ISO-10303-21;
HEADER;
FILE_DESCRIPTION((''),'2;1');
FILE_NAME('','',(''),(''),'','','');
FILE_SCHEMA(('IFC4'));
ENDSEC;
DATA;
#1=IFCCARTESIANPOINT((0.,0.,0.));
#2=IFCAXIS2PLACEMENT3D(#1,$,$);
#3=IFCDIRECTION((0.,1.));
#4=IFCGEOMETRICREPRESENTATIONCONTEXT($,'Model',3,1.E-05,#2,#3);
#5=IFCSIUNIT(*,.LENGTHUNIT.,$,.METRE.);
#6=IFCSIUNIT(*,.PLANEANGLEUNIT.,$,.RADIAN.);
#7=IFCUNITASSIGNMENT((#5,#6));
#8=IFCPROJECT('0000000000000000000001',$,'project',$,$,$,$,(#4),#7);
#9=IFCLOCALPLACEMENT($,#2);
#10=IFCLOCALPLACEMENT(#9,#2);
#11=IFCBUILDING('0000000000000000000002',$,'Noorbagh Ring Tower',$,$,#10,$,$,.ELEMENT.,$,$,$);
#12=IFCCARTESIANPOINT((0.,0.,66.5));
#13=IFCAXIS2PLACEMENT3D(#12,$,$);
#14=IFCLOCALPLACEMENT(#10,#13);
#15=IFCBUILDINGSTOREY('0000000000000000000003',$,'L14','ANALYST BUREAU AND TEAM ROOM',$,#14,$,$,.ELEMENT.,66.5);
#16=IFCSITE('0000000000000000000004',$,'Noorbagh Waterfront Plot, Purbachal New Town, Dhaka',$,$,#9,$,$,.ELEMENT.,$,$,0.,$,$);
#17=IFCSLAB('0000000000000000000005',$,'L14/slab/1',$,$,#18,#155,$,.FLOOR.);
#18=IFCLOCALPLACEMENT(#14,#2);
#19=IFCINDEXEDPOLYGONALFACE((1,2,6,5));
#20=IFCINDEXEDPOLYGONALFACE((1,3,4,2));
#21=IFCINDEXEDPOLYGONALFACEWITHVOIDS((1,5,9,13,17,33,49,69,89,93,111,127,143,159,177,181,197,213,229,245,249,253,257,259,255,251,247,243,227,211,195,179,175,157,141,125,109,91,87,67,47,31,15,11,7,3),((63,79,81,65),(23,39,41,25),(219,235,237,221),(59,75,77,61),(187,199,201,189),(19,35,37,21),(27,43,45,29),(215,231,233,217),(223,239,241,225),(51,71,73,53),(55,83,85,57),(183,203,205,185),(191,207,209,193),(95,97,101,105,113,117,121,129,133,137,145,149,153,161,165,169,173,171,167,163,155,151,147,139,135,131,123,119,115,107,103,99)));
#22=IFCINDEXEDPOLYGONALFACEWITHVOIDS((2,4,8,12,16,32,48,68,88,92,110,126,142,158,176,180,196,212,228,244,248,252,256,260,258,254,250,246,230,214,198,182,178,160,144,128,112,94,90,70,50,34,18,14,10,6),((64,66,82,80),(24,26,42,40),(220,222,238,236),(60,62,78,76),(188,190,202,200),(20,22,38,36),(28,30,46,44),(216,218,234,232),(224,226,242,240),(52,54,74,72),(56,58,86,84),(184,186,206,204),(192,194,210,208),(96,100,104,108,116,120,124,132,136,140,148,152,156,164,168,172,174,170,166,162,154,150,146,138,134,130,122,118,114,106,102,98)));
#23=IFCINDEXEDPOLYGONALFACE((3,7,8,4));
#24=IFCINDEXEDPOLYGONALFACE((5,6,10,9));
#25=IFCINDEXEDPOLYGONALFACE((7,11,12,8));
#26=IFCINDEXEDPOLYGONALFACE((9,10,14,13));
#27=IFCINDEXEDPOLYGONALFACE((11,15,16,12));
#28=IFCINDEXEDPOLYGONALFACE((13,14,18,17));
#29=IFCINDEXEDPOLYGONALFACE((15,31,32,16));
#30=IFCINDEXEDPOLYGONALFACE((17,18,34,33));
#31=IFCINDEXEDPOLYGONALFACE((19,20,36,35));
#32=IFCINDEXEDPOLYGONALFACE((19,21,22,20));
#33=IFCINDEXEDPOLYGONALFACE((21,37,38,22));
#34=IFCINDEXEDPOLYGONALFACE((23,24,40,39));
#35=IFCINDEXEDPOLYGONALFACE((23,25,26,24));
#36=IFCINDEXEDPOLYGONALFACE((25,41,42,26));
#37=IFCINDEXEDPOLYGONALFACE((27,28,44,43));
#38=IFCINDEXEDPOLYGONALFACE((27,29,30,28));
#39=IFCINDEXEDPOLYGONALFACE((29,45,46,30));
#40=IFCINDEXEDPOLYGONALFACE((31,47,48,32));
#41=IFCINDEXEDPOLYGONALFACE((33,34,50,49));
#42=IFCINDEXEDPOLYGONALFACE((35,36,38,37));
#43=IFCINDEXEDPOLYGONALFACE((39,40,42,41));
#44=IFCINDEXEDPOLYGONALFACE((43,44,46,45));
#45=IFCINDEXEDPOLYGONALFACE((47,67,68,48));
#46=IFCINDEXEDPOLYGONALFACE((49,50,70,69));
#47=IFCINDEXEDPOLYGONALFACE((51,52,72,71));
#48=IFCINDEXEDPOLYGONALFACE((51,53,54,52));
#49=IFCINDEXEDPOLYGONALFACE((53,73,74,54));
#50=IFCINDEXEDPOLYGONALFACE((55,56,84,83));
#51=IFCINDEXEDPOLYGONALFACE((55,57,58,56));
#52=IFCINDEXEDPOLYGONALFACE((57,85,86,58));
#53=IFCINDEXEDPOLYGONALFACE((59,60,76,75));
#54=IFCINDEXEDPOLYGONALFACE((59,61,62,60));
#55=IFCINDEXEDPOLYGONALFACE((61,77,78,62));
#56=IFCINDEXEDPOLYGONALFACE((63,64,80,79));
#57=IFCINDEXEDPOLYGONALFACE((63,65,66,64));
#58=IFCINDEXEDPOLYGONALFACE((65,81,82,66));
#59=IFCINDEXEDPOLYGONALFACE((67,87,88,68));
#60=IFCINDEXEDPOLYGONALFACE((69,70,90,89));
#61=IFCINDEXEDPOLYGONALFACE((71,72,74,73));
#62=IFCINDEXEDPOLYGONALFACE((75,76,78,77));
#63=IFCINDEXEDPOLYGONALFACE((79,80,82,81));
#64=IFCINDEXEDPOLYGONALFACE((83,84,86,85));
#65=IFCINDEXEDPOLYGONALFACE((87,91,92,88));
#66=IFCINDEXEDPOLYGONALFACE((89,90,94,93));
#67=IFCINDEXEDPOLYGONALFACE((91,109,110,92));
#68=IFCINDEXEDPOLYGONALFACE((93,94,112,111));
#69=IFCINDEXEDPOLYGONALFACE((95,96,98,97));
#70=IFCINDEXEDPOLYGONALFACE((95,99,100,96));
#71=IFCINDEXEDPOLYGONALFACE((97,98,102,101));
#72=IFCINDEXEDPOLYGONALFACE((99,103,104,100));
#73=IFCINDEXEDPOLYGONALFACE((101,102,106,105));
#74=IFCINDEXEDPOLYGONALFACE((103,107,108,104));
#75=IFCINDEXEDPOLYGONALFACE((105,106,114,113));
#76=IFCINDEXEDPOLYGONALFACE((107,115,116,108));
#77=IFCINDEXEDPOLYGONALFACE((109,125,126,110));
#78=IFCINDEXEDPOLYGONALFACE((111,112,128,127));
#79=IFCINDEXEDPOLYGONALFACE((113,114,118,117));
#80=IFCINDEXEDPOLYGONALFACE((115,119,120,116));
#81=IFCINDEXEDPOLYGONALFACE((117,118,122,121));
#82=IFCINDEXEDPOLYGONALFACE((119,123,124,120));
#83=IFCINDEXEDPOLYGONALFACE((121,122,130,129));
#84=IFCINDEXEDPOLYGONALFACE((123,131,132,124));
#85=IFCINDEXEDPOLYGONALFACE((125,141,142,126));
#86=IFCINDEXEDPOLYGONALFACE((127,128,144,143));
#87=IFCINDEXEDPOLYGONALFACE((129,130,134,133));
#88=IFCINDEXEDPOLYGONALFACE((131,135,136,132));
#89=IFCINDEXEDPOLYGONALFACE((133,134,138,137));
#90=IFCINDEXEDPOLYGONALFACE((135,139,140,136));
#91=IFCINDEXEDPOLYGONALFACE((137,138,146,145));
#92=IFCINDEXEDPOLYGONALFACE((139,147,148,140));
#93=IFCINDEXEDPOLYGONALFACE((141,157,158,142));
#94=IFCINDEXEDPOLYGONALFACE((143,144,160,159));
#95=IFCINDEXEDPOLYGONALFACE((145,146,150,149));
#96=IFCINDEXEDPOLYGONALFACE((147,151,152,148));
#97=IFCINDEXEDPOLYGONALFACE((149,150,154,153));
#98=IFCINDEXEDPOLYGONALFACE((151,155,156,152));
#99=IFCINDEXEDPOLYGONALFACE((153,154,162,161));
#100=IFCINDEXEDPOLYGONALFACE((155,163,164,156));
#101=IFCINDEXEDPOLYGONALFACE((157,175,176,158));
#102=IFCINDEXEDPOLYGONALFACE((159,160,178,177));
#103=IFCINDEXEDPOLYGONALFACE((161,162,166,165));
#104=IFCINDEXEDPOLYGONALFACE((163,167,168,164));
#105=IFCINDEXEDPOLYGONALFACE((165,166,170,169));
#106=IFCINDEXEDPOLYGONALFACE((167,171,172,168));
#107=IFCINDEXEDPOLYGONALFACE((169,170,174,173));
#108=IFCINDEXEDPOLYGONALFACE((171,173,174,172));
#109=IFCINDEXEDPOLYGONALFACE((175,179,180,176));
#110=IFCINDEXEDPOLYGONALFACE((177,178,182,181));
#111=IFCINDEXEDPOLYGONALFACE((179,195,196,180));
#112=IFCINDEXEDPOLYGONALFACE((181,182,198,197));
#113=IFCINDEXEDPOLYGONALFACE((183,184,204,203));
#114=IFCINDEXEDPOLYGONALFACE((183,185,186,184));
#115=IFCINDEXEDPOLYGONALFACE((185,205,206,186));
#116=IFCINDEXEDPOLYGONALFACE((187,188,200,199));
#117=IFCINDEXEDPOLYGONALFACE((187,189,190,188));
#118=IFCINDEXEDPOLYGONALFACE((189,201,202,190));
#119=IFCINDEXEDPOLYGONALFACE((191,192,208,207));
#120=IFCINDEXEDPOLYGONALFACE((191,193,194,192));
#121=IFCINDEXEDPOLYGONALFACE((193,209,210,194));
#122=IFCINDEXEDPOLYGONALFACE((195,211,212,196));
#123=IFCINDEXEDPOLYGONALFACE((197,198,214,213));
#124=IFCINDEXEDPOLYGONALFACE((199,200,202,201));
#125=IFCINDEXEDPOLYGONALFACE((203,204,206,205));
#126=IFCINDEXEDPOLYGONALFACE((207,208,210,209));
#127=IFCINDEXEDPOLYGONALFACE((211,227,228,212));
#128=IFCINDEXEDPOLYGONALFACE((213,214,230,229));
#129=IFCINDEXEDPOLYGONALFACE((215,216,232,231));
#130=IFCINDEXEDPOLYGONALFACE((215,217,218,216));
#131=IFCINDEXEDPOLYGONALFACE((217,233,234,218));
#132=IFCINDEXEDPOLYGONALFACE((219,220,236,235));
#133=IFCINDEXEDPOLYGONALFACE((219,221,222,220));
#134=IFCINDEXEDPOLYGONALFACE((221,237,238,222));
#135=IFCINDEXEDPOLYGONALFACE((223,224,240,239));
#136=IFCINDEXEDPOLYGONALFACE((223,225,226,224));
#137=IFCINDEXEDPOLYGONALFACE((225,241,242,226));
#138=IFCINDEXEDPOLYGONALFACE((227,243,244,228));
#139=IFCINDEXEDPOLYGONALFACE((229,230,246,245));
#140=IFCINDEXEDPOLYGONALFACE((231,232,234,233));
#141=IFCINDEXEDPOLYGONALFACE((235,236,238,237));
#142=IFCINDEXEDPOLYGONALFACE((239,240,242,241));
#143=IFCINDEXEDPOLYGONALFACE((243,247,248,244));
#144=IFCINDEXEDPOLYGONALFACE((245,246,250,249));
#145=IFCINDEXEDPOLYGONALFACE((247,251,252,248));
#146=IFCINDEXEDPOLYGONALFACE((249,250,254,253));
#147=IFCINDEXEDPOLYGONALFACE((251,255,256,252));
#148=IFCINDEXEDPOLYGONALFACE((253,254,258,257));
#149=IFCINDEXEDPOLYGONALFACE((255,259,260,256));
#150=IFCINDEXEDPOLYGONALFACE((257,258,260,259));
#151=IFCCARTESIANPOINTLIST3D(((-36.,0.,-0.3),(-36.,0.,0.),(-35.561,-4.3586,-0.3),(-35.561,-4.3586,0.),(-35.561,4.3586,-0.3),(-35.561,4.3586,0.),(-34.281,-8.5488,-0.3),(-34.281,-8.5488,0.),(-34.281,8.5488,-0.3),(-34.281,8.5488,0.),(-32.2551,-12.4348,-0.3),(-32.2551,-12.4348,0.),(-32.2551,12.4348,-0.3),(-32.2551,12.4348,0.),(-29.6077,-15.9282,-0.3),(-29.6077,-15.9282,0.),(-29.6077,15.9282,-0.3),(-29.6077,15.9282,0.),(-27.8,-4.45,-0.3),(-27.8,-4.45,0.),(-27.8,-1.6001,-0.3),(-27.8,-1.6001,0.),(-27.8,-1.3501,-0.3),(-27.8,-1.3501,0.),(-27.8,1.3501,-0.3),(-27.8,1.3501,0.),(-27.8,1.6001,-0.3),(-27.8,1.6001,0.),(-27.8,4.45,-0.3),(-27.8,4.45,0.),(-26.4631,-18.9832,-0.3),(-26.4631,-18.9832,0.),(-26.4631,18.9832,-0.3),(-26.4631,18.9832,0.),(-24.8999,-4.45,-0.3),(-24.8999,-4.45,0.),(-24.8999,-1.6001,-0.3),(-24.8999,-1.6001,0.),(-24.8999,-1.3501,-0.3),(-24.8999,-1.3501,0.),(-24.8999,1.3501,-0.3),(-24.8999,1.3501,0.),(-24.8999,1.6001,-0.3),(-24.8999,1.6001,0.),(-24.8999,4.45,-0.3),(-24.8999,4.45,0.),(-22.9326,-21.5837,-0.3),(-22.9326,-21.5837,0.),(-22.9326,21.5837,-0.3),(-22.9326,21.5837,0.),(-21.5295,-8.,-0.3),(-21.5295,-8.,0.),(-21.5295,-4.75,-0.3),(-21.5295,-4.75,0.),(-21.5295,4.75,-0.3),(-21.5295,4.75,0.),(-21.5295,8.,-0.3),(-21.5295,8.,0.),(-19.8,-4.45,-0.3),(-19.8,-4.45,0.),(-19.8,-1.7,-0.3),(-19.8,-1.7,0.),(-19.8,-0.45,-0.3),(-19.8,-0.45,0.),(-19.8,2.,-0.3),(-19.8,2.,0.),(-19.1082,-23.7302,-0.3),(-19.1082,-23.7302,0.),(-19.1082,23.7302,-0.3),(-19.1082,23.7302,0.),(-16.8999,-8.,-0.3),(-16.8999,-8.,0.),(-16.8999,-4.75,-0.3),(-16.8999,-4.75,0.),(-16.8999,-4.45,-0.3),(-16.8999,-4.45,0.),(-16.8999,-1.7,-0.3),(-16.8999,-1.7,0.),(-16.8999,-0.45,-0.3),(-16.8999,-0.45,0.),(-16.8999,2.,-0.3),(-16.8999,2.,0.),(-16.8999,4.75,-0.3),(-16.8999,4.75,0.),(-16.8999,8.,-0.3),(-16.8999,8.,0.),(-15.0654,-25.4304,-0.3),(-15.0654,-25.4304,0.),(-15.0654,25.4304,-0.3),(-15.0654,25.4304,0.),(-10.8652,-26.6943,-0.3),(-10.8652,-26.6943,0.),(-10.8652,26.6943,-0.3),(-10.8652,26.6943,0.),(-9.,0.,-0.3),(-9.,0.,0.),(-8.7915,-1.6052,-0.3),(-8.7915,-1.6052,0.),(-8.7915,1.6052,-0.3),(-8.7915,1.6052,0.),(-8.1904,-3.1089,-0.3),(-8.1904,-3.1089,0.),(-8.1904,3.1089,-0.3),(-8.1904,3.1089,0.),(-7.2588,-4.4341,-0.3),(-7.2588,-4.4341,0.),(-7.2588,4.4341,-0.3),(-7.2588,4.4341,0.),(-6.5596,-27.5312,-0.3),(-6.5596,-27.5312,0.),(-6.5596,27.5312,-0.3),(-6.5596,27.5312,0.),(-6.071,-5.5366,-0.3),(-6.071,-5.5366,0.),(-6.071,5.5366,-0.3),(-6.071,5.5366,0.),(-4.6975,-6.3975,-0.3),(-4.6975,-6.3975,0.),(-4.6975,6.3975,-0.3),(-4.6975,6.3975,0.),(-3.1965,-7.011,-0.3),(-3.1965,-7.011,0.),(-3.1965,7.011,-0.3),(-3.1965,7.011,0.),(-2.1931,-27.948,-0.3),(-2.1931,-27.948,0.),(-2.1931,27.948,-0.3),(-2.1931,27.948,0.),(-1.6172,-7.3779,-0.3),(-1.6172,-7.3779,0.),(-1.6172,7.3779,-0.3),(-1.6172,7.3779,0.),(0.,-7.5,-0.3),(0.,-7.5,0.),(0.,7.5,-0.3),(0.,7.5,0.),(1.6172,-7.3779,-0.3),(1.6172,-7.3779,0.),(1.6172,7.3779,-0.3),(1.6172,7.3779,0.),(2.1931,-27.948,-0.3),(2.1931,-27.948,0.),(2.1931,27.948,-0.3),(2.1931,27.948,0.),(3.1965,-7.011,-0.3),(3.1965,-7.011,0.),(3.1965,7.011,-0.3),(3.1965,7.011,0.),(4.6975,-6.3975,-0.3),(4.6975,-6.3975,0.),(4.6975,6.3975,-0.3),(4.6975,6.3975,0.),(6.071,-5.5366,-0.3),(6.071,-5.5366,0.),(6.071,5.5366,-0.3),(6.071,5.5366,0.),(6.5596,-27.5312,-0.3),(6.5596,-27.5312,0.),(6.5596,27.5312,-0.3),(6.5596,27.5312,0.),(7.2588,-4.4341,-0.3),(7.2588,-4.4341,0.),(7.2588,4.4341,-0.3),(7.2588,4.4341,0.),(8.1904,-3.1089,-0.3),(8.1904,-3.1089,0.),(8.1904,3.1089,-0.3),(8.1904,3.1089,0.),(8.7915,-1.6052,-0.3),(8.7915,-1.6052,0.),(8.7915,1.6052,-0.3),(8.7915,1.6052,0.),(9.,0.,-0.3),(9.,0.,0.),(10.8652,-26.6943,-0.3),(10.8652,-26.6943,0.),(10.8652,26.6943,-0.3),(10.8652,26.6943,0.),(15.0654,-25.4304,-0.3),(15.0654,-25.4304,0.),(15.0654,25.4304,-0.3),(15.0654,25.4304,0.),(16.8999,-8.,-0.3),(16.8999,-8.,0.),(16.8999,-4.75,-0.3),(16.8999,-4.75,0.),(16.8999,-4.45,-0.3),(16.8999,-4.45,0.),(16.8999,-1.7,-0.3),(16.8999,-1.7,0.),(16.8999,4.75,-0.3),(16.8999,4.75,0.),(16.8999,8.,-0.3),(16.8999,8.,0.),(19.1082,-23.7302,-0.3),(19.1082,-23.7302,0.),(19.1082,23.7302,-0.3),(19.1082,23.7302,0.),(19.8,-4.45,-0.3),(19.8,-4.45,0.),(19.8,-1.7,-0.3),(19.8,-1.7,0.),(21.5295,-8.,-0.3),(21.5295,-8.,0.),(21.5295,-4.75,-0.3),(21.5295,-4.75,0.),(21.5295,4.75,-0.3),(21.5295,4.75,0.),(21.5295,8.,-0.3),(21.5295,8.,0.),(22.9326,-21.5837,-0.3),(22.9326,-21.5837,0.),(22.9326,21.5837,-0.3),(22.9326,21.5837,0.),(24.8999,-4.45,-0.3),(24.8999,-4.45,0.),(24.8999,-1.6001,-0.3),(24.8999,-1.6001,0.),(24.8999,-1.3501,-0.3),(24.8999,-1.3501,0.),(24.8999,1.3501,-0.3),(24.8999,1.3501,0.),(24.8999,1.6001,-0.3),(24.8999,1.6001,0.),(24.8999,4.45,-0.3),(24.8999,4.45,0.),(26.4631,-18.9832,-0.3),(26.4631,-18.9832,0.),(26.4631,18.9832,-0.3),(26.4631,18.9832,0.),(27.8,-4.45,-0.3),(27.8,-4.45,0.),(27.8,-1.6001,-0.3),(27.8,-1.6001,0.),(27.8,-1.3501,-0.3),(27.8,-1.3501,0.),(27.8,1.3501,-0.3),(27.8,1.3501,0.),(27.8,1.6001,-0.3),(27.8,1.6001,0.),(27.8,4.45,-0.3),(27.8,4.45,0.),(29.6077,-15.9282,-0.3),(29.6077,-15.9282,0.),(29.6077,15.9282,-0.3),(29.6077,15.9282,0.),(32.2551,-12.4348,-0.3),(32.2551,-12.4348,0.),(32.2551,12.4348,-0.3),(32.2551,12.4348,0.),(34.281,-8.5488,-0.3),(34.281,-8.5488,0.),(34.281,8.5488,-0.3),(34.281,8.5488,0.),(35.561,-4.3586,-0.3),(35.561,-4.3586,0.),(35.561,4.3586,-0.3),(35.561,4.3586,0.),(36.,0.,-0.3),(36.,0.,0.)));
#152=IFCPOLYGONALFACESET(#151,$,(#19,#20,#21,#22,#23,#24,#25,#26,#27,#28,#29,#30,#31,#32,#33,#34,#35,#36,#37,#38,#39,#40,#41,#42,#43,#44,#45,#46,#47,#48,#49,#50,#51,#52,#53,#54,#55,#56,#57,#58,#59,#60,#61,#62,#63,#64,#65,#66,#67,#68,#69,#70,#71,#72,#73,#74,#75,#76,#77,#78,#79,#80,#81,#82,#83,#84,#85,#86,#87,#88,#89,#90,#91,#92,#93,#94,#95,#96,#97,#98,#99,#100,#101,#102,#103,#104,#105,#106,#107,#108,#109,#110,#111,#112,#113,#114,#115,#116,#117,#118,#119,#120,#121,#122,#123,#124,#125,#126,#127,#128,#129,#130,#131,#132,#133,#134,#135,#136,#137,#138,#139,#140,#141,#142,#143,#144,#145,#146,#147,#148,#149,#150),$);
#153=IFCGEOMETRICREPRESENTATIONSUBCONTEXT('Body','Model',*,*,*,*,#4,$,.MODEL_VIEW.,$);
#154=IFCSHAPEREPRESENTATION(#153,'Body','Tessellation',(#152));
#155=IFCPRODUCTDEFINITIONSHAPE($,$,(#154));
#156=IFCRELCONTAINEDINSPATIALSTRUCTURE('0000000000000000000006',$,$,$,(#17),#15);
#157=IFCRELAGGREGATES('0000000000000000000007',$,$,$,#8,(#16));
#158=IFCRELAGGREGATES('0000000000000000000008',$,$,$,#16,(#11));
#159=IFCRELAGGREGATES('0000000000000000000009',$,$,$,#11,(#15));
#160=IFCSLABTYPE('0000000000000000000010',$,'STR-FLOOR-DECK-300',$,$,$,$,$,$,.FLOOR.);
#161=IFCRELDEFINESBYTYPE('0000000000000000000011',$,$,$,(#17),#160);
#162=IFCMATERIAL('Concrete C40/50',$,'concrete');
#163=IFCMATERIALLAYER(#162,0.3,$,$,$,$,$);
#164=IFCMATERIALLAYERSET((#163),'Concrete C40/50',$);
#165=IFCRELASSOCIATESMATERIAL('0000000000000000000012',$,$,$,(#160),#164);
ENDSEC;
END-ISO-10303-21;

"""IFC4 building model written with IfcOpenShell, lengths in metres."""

from ifc_helpers import new_model, si_unit, direction, frame, origin, place, context, subcontext, project, spatial, polyline, outline, extrude, material, layer, layer_set, type_object, element, save


model = new_model("IFC4")

# Units and contexts
model_context = context("Model", 3, precision=1e-05, world=origin(), true_north=direction((0.0, 1.0)))
body_context = subcontext(model_context, "Body", "Model", "MODEL_VIEW")
ifc_project = project(units=[si_unit("LENGTHUNIT", "METRE"), si_unit("PLANEANGLEUNIT", "RADIAN")], contexts=[model_context])

# Site, building, storey
site_placement = place(None, origin())
site = spatial("IfcSite", under=ifc_project, at=site_placement, Name="Noorbagh Waterfront Plot, Purbachal New Town, Dhaka", CompositionType="ELEMENT", RefElevation=0.0)
building_placement = place(site_placement, origin())
building = spatial("IfcBuilding", under=site, at=building_placement, Name="Noorbagh Ring Tower", CompositionType="ELEMENT")
storey_placement = place(building_placement, frame((0.0, 0.0, 66.5)))
storey = spatial("IfcBuildingStorey", under=building, at=storey_placement, Name="L14", Description="ANALYST BUREAU AND TEAM ROOM", CompositionType="ELEMENT", Elevation=66.5)

# Slab
ifc_material_1 = material(Name="Concrete C40/50", Category="concrete")
ifc_layer_1 = layer(ifc_material_1, 0.3)
ifc_layer_set_1 = layer_set([ifc_layer_1], Name="Concrete C40/50")
slab_type_1 = type_object("IfcSlabType", Name="STR-FLOOR-DECK-300", PredefinedType="FLOOR", material=ifc_layer_set_1)
slab_1_placement = place(storey_placement, frame((0.0, 0.0, -0.3)))
element("IfcSlab", 1, at=slab_1_placement, inside=storey, type_object=slab_type_1, Name="L14/slab/1", PredefinedType="FLOOR", context=body_context, shape_type="SweptSolid", body=[
    extrude(outline(polyline([(36.0, 0.0), (35.561, 4.3586), (34.281, 8.5488), (32.2551, 12.4348), (29.6077, 15.9282), (26.4631, 18.9832), (22.9326, 21.5837), (19.1082, 23.7302), (15.0654, 25.4304), (10.8652, 26.6943), (6.5596, 27.5312), (2.1931, 27.948), (-2.1931, 27.948), (-6.5596, 27.5312), (-10.8652, 26.6943), (-15.0654, 25.4304), (-19.1082, 23.7302), (-22.9326, 21.5837), (-26.4631, 18.9832), (-29.6077, 15.9282), (-32.2551, 12.4348), (-34.281, 8.5488), (-35.561, 4.3586), (-36.0, 0.0), (-35.561, -4.3586), (-34.281, -8.5488), (-32.2551, -12.4348), (-29.6077, -15.9282), (-26.4631, -18.9832), (-22.9326, -21.5837), (-19.1082, -23.7302), (-15.0654, -25.4304), (-10.8652, -26.6943), (-6.5596, -27.5312), (-2.1931, -27.948), (2.1931, -27.948), (6.5596, -27.5312), (10.8652, -26.6943), (15.0654, -25.4304), (19.1082, -23.7302), (22.9326, -21.5837), (26.4631, -18.9832), (29.6077, -15.9282), (32.2551, -12.4348), (34.281, -8.5488), (35.561, -4.3586), (36.0, 0.0)]), holes=[polyline([(24.8999, -1.6001), (27.8, -1.6001), (27.8, -4.45), (24.8999, -4.45), (24.8999, -1.6001)]), polyline([(24.8999, 1.3501), (27.8, 1.3501), (27.8, -1.3501), (24.8999, -1.3501), (24.8999, 1.3501)]), polyline([(24.8999, 4.45), (27.8, 4.45), (27.8, 1.6001), (24.8999, 1.6001), (24.8999, 4.45)]), polyline([(21.5295, -4.75), (21.5295, -8.0), (16.8999, -8.0), (16.8999, -4.75), (21.5295, -4.75)]), polyline([(21.5295, 4.75), (16.8999, 4.75), (16.8999, 8.0), (21.5295, 8.0), (21.5295, 4.75)]), polyline([(16.8999, -1.7), (19.8, -1.7), (19.8, -4.45), (16.8999, -4.45), (16.8999, -1.7)]), polyline([(4.6975, -6.3975), (3.1965, -7.011), (1.6172, -7.3779), (0.0, -7.5), (-1.6172, -7.3779), (-3.1965, -7.011), (-4.6975, -6.3975), (-6.071, -5.5366), (-7.2588, -4.4341), (-8.1904, -3.1089), (-8.7915, -1.6052), (-9.0, 0.0), (-8.7915, 1.6052), (-8.1904, 3.1089), (-7.2588, 4.4341), (-6.071, 5.5366), (-4.6975, 6.3975), (-3.1965, 7.011), (-1.6172, 7.3779), (0.0, 7.5), (1.6172, 7.3779), (3.1965, 7.011), (4.6975, 6.3975), (6.071, 5.5366), (7.2588, 4.4341), (8.1904, 3.1089), (8.7915, 1.6052), (9.0, 0.0), (8.7915, -1.6052), (8.1904, -3.1089), (7.2588, -4.4341), (6.071, -5.5366), (4.6975, -6.3975)]), polyline([(-21.5295, -8.0), (-21.5295, -4.75), (-16.8999, -4.75), (-16.8999, -8.0), (-21.5295, -8.0)]), polyline([(-21.5295, 8.0), (-16.8999, 8.0), (-16.8999, 4.75), (-21.5295, 4.75), (-21.5295, 8.0)]), polyline([(-16.8999, -4.45), (-19.8, -4.45), (-19.8, -1.7), (-16.8999, -1.7), (-16.8999, -4.45)]), polyline([(-16.8999, -0.45), (-19.8, -0.45), (-19.8, 2.0), (-16.8999, 2.0), (-16.8999, -0.45)]), polyline([(-24.8999, -4.45), (-27.8, -4.45), (-27.8, -1.6001), (-24.8999, -1.6001), (-24.8999, -4.45)]), polyline([(-24.8999, -1.3501), (-27.8, -1.3501), (-27.8, 1.3501), (-24.8999, 1.3501), (-24.8999, -1.3501)]), polyline([(-24.8999, 1.6001), (-27.8, 1.6001), (-27.8, 4.45), (-24.8999, 4.45), (-24.8999, 1.6001)])]), origin(), (0.0, 0.0, 1.0), 0.3),
])

save(model, "model.ifc")
